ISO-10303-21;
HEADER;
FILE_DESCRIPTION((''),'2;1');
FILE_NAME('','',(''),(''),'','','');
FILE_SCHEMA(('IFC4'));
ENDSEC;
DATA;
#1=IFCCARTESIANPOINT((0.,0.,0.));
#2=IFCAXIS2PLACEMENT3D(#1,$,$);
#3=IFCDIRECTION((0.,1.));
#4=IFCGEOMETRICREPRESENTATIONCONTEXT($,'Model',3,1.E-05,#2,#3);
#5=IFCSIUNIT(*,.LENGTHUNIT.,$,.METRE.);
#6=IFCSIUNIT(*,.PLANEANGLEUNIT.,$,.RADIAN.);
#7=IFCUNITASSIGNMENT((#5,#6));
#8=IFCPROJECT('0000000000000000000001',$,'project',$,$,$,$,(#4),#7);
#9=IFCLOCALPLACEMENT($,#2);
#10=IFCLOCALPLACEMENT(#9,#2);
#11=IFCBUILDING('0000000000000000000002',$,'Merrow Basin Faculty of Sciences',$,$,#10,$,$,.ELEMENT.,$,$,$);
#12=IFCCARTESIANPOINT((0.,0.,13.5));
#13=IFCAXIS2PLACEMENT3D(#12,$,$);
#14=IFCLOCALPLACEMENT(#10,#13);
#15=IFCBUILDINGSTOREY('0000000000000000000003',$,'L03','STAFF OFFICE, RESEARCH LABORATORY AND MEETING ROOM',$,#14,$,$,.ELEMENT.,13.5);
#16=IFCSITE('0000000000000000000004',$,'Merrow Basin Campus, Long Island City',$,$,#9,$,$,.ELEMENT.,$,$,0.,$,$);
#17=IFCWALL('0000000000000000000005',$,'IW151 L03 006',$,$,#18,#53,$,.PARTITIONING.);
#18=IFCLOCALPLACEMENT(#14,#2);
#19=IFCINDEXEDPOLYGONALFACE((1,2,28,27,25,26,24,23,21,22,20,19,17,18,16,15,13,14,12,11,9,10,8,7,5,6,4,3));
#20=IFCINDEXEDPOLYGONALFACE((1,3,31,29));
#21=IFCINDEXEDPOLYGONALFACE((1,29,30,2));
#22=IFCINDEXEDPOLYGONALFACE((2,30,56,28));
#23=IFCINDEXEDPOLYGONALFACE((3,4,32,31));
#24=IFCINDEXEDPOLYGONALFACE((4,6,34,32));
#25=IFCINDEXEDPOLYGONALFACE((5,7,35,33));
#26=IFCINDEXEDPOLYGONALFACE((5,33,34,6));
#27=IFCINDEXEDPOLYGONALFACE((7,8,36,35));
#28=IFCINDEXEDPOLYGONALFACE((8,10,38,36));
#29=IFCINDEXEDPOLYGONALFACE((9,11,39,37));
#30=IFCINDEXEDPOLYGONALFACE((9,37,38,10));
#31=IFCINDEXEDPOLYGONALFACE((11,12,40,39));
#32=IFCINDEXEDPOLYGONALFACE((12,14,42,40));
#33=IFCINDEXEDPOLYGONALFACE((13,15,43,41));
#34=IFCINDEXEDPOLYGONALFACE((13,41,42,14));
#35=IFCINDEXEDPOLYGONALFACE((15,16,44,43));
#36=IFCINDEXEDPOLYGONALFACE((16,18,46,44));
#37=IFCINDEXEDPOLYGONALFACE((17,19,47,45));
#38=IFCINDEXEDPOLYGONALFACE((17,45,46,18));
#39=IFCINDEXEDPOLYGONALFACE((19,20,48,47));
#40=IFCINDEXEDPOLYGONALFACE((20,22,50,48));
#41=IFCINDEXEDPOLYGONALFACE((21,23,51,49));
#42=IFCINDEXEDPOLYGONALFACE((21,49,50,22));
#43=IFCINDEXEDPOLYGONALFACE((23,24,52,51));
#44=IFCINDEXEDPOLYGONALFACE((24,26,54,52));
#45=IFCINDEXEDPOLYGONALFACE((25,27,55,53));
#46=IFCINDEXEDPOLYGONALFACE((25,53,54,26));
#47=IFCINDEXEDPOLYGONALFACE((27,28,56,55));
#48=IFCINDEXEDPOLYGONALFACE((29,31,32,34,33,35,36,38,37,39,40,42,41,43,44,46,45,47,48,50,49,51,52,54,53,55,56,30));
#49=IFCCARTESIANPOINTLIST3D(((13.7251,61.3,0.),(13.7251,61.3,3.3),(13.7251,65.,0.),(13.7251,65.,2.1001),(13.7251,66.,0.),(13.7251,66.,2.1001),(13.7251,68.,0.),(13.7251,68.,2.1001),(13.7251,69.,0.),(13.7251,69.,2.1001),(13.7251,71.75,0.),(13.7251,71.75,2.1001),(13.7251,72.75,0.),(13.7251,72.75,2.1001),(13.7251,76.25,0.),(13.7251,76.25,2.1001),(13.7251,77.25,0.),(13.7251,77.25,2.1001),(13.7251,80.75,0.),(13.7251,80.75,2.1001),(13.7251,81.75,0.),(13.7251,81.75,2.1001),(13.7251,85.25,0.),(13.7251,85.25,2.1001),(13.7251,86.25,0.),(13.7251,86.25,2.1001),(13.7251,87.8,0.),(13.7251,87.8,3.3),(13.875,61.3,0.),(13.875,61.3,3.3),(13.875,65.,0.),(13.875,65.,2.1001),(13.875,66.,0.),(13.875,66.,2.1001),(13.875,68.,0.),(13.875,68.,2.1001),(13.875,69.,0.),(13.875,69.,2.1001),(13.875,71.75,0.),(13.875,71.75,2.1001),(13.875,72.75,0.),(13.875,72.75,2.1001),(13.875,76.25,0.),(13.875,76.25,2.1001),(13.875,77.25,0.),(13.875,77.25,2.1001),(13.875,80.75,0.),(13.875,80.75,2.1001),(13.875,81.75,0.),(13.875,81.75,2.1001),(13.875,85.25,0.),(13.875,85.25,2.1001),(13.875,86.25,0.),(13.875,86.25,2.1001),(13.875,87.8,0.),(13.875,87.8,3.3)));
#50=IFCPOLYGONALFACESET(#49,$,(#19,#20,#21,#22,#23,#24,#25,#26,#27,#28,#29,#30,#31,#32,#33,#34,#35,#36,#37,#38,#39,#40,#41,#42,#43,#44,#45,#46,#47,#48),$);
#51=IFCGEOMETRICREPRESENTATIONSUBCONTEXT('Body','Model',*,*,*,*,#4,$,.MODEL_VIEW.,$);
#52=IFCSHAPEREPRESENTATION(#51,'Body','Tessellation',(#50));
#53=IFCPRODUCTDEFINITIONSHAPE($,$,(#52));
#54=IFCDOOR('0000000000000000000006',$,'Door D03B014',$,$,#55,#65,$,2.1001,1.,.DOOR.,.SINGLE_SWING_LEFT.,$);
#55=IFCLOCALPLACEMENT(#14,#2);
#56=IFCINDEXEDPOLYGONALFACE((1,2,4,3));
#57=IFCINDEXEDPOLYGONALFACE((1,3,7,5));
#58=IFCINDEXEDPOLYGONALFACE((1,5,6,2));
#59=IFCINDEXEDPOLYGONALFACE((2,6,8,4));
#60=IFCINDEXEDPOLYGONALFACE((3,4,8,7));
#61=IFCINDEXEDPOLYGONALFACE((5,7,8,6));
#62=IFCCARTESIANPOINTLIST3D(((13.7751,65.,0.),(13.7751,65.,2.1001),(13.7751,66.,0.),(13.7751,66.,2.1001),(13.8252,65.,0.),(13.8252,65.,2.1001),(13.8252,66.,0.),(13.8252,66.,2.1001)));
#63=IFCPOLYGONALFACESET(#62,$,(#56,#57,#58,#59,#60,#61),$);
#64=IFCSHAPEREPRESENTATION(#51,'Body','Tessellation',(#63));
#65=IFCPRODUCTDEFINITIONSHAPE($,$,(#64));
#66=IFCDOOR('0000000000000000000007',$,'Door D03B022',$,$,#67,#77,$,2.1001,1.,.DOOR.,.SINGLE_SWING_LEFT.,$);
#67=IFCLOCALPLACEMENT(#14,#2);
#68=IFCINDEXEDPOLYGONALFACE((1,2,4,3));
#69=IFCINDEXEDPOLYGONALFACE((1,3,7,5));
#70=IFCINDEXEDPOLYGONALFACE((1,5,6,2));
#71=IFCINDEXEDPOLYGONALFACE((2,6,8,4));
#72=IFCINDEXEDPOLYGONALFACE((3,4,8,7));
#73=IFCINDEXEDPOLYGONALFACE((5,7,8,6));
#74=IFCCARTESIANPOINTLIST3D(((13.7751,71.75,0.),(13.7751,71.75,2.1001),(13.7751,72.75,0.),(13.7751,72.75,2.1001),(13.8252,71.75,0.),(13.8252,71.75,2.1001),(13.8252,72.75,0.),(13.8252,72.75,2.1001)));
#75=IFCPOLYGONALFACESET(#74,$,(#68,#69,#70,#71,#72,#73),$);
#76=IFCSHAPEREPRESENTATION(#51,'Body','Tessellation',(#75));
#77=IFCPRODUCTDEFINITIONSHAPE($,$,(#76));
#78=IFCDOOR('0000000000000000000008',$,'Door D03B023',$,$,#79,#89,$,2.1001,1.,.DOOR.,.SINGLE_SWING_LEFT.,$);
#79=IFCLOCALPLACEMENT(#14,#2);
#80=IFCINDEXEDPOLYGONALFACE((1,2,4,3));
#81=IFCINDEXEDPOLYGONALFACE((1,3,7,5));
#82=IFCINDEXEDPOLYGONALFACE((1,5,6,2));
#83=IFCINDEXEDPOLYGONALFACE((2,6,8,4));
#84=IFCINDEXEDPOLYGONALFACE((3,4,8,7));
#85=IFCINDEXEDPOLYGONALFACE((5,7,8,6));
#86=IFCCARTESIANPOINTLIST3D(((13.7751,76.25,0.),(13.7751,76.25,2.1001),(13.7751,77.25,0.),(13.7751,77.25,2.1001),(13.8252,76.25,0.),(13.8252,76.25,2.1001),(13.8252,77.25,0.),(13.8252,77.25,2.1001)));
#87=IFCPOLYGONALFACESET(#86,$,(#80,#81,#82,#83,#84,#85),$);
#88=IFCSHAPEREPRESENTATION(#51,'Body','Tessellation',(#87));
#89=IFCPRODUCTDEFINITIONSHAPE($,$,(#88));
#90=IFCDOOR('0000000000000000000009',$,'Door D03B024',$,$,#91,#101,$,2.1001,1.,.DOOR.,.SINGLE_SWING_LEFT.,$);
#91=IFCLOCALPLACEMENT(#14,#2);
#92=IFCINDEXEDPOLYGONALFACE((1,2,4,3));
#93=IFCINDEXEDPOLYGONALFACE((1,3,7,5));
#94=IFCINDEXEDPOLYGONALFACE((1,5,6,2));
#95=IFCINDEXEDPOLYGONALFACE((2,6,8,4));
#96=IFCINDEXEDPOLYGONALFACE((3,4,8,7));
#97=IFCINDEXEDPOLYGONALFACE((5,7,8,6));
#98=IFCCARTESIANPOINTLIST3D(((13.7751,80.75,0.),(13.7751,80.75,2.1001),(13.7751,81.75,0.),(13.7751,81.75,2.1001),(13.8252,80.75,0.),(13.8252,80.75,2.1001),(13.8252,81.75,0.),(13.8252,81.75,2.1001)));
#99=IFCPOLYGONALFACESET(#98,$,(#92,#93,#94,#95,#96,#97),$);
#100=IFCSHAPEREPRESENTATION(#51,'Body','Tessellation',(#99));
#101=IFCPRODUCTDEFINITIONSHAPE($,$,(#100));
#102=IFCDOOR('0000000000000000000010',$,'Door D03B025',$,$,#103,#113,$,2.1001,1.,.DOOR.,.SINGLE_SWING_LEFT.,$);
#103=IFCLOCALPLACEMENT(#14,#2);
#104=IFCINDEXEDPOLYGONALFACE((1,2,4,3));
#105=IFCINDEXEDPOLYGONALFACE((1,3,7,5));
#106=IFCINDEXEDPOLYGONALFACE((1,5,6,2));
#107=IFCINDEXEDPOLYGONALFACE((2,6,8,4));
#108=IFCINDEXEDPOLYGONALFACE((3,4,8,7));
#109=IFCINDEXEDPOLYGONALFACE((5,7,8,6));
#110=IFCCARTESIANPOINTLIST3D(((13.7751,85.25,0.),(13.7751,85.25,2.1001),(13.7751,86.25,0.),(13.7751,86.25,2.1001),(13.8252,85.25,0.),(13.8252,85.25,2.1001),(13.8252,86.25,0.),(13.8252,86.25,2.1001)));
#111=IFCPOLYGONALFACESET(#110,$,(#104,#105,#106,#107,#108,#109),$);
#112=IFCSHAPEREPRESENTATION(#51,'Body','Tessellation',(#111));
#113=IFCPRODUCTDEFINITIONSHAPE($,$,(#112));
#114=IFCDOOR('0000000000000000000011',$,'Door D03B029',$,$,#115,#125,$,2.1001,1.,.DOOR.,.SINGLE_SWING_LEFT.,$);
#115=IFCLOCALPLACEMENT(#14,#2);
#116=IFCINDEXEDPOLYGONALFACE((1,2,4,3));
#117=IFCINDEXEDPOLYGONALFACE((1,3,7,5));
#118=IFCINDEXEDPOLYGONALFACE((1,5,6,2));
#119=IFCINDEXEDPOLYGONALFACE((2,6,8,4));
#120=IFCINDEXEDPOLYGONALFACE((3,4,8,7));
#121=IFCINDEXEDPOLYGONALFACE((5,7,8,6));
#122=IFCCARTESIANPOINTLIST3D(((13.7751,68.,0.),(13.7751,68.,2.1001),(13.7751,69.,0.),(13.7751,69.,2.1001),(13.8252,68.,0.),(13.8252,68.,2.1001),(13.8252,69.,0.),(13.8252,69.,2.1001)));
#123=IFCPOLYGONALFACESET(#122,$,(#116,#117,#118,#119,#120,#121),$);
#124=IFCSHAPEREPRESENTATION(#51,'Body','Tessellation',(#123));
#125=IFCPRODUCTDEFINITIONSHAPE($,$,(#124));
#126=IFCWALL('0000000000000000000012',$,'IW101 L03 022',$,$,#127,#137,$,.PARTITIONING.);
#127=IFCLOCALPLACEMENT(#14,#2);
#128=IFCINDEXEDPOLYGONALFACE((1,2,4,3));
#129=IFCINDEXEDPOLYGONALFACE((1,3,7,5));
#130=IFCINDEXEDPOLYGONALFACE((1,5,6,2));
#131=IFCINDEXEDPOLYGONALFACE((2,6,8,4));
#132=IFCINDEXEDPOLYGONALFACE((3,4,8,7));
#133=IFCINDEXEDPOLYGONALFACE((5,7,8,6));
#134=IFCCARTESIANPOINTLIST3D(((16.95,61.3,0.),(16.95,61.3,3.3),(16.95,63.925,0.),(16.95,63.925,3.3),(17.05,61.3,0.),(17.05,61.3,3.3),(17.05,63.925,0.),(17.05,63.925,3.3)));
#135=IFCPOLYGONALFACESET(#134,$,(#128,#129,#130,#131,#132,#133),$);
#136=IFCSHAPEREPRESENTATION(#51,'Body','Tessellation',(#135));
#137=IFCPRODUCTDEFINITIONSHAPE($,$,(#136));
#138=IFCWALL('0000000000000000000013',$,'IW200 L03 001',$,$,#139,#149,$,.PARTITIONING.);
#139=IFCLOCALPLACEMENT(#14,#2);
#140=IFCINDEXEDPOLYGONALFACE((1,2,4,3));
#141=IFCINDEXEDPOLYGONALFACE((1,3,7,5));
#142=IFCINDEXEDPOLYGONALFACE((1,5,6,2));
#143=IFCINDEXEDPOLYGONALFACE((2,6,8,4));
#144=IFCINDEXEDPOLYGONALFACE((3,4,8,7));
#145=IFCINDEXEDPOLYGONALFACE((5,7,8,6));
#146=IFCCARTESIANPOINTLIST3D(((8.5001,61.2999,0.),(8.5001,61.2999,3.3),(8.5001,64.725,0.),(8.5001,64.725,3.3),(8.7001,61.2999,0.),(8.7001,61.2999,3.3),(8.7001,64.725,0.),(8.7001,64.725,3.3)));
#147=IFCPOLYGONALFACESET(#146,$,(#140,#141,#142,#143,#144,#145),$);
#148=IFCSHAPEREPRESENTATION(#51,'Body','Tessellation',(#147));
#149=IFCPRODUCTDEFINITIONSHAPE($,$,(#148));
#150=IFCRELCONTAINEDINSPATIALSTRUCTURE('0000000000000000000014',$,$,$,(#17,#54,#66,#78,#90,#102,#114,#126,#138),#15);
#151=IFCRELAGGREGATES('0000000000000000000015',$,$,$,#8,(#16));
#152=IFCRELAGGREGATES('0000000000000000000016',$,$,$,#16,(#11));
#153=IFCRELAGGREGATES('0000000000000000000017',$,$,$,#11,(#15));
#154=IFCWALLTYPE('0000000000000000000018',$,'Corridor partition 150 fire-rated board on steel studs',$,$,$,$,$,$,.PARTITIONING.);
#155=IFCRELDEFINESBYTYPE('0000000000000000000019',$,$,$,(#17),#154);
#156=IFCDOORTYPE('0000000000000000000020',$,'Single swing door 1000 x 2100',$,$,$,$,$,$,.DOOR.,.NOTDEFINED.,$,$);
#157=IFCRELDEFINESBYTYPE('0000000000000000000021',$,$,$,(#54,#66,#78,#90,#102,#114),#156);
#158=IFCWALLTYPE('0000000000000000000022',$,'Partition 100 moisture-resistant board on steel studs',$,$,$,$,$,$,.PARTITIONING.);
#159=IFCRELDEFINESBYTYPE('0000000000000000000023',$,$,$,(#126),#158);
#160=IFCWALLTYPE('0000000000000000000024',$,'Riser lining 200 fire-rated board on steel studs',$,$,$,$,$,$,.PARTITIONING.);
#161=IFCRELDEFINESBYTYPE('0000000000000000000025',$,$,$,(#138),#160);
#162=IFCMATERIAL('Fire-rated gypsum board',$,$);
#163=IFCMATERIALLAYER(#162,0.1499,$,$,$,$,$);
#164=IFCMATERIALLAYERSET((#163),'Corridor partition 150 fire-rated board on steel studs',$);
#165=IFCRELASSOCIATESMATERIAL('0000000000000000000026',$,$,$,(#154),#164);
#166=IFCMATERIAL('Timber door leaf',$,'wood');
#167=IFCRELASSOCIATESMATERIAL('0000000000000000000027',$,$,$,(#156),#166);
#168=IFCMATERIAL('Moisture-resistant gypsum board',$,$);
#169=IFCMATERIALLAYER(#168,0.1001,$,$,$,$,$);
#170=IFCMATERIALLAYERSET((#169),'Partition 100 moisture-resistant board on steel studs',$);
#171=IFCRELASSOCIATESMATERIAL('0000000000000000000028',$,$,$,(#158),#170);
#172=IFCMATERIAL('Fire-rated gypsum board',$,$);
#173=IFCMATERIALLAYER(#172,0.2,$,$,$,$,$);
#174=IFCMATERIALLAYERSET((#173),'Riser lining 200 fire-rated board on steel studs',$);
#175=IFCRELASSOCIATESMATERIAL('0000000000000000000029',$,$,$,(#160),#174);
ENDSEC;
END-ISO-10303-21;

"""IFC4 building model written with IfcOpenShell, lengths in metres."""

from ifc_helpers import new_model, si_unit, direction, frame, frame_2d, origin, place, context, subcontext, project, spatial, rectangle, extrude, material, layer, layer_set, type_object, element, fill, save


model = new_model("IFC4")

# Units and contexts
model_context = context("Model", 3, precision=1e-05, world=origin(), true_north=direction((0.0, 1.0)))
body_context = subcontext(model_context, "Body", "Model", "MODEL_VIEW")
ifc_project = project(units=[si_unit("LENGTHUNIT", "METRE"), si_unit("PLANEANGLEUNIT", "RADIAN")], contexts=[model_context])

# Site, building, storey
site_placement = place(None, origin())
site = spatial("IfcSite", under=ifc_project, at=site_placement, Name="Merrow Basin Campus, Long Island City", CompositionType="ELEMENT", RefElevation=0.0)
building_placement = place(site_placement, origin())
building = spatial("IfcBuilding", under=site, at=building_placement, Name="Merrow Basin Faculty of Sciences", CompositionType="ELEMENT")
storey_placement = place(building_placement, frame((0.0, 0.0, 13.5)))
storey = spatial("IfcBuildingStorey", under=building, at=storey_placement, Name="L03", Description="STAFF OFFICE, RESEARCH LABORATORY AND MEETING ROOM", CompositionType="ELEMENT", Elevation=13.5)

# Wall, openings, doors
ifc_material_1 = material(Name="Fire-rated gypsum board")
ifc_layer_1 = layer(ifc_material_1, 0.1499)
ifc_layer_set_1 = layer_set([ifc_layer_1], Name="Corridor partition 150 fire-rated board on steel studs")
wall_type_1 = type_object("IfcWallType", Name="Corridor partition 150 fire-rated board on steel studs", PredefinedType="PARTITIONING", material=ifc_layer_set_1)
wall_1_placement = place(storey_placement, frame((13.8, 61.3, 0.0), z_axis=(0.0, 0.0, 1.0), x_axis=(0.0, 1.0, 0.0)))
wall_1 = element("IfcWall", 1, at=wall_1_placement, inside=storey, type_object=wall_type_1, Name="IW151 L03 006", PredefinedType="PARTITIONING", context=body_context, shape_type="SweptSolid", body=[
    extrude(rectangle(XDim=26.5, YDim=0.1499, at=frame_2d((13.25, 0.0))), origin(), (0.0, 0.0, 1.0), 3.3),
])
opening_1_placement = place(wall_1_placement, frame((3.7, 0.0, 0.0)))
opening_1 = element("IfcOpeningElement", 2, at=opening_1_placement, cuts=wall_1, PredefinedType="OPENING", context=body_context, shape_type="SweptSolid", body=[
    extrude(rectangle(XDim=1.0, YDim=2.1001, at=frame_2d((0.5, 1.05))), frame((0.0, 0.085, 0.0), z_axis=(0.0, -1.0, 0.0), x_axis=(1.0, 0.0, 0.0)), (0.0, 0.0, 1.0), 0.1699),
])
opening_2_placement = place(wall_1_placement, frame((10.45, 0.0, 0.0)))
opening_2 = element("IfcOpeningElement", 3, at=opening_2_placement, cuts=wall_1, PredefinedType="OPENING", context=body_context, shape_type="SweptSolid", body=[
    extrude(rectangle(XDim=1.0, YDim=2.1001, at=frame_2d((0.5, 1.05))), frame((0.0, 0.085, 0.0), z_axis=(0.0, -1.0, 0.0), x_axis=(1.0, 0.0, 0.0)), (0.0, 0.0, 1.0), 0.1699),
])
opening_3_placement = place(wall_1_placement, frame((14.95, 0.0, 0.0)))
opening_3 = element("IfcOpeningElement", 4, at=opening_3_placement, cuts=wall_1, PredefinedType="OPENING", context=body_context, shape_type="SweptSolid", body=[
    extrude(rectangle(XDim=1.0, YDim=2.1001, at=frame_2d((0.5, 1.05))), frame((0.0, 0.085, 0.0), z_axis=(0.0, -1.0, 0.0), x_axis=(1.0, 0.0, 0.0)), (0.0, 0.0, 1.0), 0.1699),
])
opening_4_placement = place(wall_1_placement, frame((19.45, 0.0, 0.0)))
opening_4 = element("IfcOpeningElement", 5, at=opening_4_placement, cuts=wall_1, PredefinedType="OPENING", context=body_context, shape_type="SweptSolid", body=[
    extrude(rectangle(XDim=1.0, YDim=2.1001, at=frame_2d((0.5, 1.05))), frame((0.0, 0.085, 0.0), z_axis=(0.0, -1.0, 0.0), x_axis=(1.0, 0.0, 0.0)), (0.0, 0.0, 1.0), 0.1699),
])
opening_5_placement = place(wall_1_placement, frame((23.95, 0.0, 0.0)))
opening_5 = element("IfcOpeningElement", 6, at=opening_5_placement, cuts=wall_1, PredefinedType="OPENING", context=body_context, shape_type="SweptSolid", body=[
    extrude(rectangle(XDim=1.0, YDim=2.1001, at=frame_2d((0.5, 1.05))), frame((0.0, 0.085, 0.0), z_axis=(0.0, -1.0, 0.0), x_axis=(1.0, 0.0, 0.0)), (0.0, 0.0, 1.0), 0.1699),
])
opening_6_placement = place(wall_1_placement, frame((6.7, 0.0, 0.0)))
opening_6 = element("IfcOpeningElement", 7, at=opening_6_placement, cuts=wall_1, PredefinedType="OPENING", context=body_context, shape_type="SweptSolid", body=[
    extrude(rectangle(XDim=1.0, YDim=2.1001, at=frame_2d((0.5, 1.05))), frame((0.0, 0.085, 0.0), z_axis=(0.0, -1.0, 0.0), x_axis=(1.0, 0.0, 0.0)), (0.0, 0.0, 1.0), 0.1699),
])
ifc_material_2 = material(Name="Timber door leaf", Category="wood")
door_type_1 = type_object("IfcDoorType", Name="Single swing door 1000 x 2100", OperationType="NOTDEFINED", PredefinedType="DOOR", material=ifc_material_2)
door_1_placement = place(opening_1_placement, origin())
door_1 = element("IfcDoor", 8, at=door_1_placement, inside=storey, type_object=door_type_1, Name="Door D03B014", OperationType="SINGLE_SWING_LEFT", OverallHeight=2.1001, OverallWidth=1.0, PredefinedType="DOOR", context=body_context, shape_type="SweptSolid", body=[
    extrude(rectangle(XDim=1.0, YDim=2.1001, at=frame_2d((0.5, 1.05))), frame((0.0, 0.0249, 0.0), z_axis=(0.0, -1.0, 0.0), x_axis=(1.0, 0.0, 0.0)), (0.0, 0.0, 1.0), 0.05),
])
fill(opening_1, door_1)
door_2_placement = place(opening_2_placement, origin())
door_2 = element("IfcDoor", 9, at=door_2_placement, inside=storey, type_object=door_type_1, Name="Door D03B022", OperationType="SINGLE_SWING_LEFT", OverallHeight=2.1001, OverallWidth=1.0, PredefinedType="DOOR", context=body_context, shape_type="SweptSolid", body=[
    extrude(rectangle(XDim=1.0, YDim=2.1001, at=frame_2d((0.5, 1.05))), frame((0.0, 0.0249, 0.0), z_axis=(0.0, -1.0, 0.0), x_axis=(1.0, 0.0, 0.0)), (0.0, 0.0, 1.0), 0.05),
])
fill(opening_2, door_2)
door_3_placement = place(opening_3_placement, origin())
door_3 = element("IfcDoor", 10, at=door_3_placement, inside=storey, type_object=door_type_1, Name="Door D03B023", OperationType="SINGLE_SWING_LEFT", OverallHeight=2.1001, OverallWidth=1.0, PredefinedType="DOOR", context=body_context, shape_type="SweptSolid", body=[
    extrude(rectangle(XDim=1.0, YDim=2.1001, at=frame_2d((0.5, 1.05))), frame((0.0, 0.0249, 0.0), z_axis=(0.0, -1.0, 0.0), x_axis=(1.0, 0.0, 0.0)), (0.0, 0.0, 1.0), 0.05),
])
fill(opening_3, door_3)
door_4_placement = place(opening_4_placement, origin())
door_4 = element("IfcDoor", 11, at=door_4_placement, inside=storey, type_object=door_type_1, Name="Door D03B024", OperationType="SINGLE_SWING_LEFT", OverallHeight=2.1001, OverallWidth=1.0, PredefinedType="DOOR", context=body_context, shape_type="SweptSolid", body=[
    extrude(rectangle(XDim=1.0, YDim=2.1001, at=frame_2d((0.5, 1.05))), frame((0.0, 0.0249, 0.0), z_axis=(0.0, -1.0, 0.0), x_axis=(1.0, 0.0, 0.0)), (0.0, 0.0, 1.0), 0.05),
])
fill(opening_4, door_4)
door_5_placement = place(opening_5_placement, origin())
door_5 = element("IfcDoor", 12, at=door_5_placement, inside=storey, type_object=door_type_1, Name="Door D03B025", OperationType="SINGLE_SWING_LEFT", OverallHeight=2.1001, OverallWidth=1.0, PredefinedType="DOOR", context=body_context, shape_type="SweptSolid", body=[
    extrude(rectangle(XDim=1.0, YDim=2.1001, at=frame_2d((0.5, 1.05))), frame((0.0, 0.0249, 0.0), z_axis=(0.0, -1.0, 0.0), x_axis=(1.0, 0.0, 0.0)), (0.0, 0.0, 1.0), 0.05),
])
fill(opening_5, door_5)
door_6_placement = place(opening_6_placement, origin())
door_6 = element("IfcDoor", 13, at=door_6_placement, inside=storey, type_object=door_type_1, Name="Door D03B029", OperationType="SINGLE_SWING_LEFT", OverallHeight=2.1001, OverallWidth=1.0, PredefinedType="DOOR", context=body_context, shape_type="SweptSolid", body=[
    extrude(rectangle(XDim=1.0, YDim=2.1001, at=frame_2d((0.5, 1.05))), frame((0.0, 0.0249, 0.0), z_axis=(0.0, -1.0, 0.0), x_axis=(1.0, 0.0, 0.0)), (0.0, 0.0, 1.0), 0.05),
])
fill(opening_6, door_6)

# Walls
ifc_material_3 = material(Name="Moisture-resistant gypsum board")
ifc_layer_2 = layer(ifc_material_3, 0.1001)
ifc_layer_set_2 = layer_set([ifc_layer_2], Name="Partition 100 moisture-resistant board on steel studs")
wall_type_2 = type_object("IfcWallType", Name="Partition 100 moisture-resistant board on steel studs", PredefinedType="PARTITIONING", material=ifc_layer_set_2)
wall_2_placement = place(storey_placement, frame((17.0, 61.3, 0.0), z_axis=(0.0, 0.0, 1.0), x_axis=(0.0, 1.0, 0.0)))
element("IfcWall", 14, at=wall_2_placement, inside=storey, type_object=wall_type_2, Name="IW101 L03 022", PredefinedType="PARTITIONING", context=body_context, shape_type="SweptSolid", body=[
    extrude(rectangle(XDim=2.625, YDim=0.1001, at=frame_2d((1.3125, 0.0))), origin(), (0.0, 0.0, 1.0), 3.3),
])
ifc_material_4 = material(Name="Fire-rated gypsum board")
ifc_layer_3 = layer(ifc_material_4, 0.2)
ifc_layer_set_3 = layer_set([ifc_layer_3], Name="Riser lining 200 fire-rated board on steel studs")
wall_type_3 = type_object("IfcWallType", Name="Riser lining 200 fire-rated board on steel studs", PredefinedType="PARTITIONING", material=ifc_layer_set_3)
wall_3_placement = place(storey_placement, frame((8.6001, 61.3, 0.0), z_axis=(0.0, 0.0, 1.0), x_axis=(0.0, 1.0, 0.0)))
element("IfcWall", 15, at=wall_3_placement, inside=storey, type_object=wall_type_3, Name="IW200 L03 001", PredefinedType="PARTITIONING", context=body_context, shape_type="SweptSolid", body=[
    extrude(rectangle(XDim=3.425, YDim=0.2, at=frame_2d((1.7124, 0.0))), origin(), (0.0, 0.0, 1.0), 3.3),
])

save(model, "model.ifc")
